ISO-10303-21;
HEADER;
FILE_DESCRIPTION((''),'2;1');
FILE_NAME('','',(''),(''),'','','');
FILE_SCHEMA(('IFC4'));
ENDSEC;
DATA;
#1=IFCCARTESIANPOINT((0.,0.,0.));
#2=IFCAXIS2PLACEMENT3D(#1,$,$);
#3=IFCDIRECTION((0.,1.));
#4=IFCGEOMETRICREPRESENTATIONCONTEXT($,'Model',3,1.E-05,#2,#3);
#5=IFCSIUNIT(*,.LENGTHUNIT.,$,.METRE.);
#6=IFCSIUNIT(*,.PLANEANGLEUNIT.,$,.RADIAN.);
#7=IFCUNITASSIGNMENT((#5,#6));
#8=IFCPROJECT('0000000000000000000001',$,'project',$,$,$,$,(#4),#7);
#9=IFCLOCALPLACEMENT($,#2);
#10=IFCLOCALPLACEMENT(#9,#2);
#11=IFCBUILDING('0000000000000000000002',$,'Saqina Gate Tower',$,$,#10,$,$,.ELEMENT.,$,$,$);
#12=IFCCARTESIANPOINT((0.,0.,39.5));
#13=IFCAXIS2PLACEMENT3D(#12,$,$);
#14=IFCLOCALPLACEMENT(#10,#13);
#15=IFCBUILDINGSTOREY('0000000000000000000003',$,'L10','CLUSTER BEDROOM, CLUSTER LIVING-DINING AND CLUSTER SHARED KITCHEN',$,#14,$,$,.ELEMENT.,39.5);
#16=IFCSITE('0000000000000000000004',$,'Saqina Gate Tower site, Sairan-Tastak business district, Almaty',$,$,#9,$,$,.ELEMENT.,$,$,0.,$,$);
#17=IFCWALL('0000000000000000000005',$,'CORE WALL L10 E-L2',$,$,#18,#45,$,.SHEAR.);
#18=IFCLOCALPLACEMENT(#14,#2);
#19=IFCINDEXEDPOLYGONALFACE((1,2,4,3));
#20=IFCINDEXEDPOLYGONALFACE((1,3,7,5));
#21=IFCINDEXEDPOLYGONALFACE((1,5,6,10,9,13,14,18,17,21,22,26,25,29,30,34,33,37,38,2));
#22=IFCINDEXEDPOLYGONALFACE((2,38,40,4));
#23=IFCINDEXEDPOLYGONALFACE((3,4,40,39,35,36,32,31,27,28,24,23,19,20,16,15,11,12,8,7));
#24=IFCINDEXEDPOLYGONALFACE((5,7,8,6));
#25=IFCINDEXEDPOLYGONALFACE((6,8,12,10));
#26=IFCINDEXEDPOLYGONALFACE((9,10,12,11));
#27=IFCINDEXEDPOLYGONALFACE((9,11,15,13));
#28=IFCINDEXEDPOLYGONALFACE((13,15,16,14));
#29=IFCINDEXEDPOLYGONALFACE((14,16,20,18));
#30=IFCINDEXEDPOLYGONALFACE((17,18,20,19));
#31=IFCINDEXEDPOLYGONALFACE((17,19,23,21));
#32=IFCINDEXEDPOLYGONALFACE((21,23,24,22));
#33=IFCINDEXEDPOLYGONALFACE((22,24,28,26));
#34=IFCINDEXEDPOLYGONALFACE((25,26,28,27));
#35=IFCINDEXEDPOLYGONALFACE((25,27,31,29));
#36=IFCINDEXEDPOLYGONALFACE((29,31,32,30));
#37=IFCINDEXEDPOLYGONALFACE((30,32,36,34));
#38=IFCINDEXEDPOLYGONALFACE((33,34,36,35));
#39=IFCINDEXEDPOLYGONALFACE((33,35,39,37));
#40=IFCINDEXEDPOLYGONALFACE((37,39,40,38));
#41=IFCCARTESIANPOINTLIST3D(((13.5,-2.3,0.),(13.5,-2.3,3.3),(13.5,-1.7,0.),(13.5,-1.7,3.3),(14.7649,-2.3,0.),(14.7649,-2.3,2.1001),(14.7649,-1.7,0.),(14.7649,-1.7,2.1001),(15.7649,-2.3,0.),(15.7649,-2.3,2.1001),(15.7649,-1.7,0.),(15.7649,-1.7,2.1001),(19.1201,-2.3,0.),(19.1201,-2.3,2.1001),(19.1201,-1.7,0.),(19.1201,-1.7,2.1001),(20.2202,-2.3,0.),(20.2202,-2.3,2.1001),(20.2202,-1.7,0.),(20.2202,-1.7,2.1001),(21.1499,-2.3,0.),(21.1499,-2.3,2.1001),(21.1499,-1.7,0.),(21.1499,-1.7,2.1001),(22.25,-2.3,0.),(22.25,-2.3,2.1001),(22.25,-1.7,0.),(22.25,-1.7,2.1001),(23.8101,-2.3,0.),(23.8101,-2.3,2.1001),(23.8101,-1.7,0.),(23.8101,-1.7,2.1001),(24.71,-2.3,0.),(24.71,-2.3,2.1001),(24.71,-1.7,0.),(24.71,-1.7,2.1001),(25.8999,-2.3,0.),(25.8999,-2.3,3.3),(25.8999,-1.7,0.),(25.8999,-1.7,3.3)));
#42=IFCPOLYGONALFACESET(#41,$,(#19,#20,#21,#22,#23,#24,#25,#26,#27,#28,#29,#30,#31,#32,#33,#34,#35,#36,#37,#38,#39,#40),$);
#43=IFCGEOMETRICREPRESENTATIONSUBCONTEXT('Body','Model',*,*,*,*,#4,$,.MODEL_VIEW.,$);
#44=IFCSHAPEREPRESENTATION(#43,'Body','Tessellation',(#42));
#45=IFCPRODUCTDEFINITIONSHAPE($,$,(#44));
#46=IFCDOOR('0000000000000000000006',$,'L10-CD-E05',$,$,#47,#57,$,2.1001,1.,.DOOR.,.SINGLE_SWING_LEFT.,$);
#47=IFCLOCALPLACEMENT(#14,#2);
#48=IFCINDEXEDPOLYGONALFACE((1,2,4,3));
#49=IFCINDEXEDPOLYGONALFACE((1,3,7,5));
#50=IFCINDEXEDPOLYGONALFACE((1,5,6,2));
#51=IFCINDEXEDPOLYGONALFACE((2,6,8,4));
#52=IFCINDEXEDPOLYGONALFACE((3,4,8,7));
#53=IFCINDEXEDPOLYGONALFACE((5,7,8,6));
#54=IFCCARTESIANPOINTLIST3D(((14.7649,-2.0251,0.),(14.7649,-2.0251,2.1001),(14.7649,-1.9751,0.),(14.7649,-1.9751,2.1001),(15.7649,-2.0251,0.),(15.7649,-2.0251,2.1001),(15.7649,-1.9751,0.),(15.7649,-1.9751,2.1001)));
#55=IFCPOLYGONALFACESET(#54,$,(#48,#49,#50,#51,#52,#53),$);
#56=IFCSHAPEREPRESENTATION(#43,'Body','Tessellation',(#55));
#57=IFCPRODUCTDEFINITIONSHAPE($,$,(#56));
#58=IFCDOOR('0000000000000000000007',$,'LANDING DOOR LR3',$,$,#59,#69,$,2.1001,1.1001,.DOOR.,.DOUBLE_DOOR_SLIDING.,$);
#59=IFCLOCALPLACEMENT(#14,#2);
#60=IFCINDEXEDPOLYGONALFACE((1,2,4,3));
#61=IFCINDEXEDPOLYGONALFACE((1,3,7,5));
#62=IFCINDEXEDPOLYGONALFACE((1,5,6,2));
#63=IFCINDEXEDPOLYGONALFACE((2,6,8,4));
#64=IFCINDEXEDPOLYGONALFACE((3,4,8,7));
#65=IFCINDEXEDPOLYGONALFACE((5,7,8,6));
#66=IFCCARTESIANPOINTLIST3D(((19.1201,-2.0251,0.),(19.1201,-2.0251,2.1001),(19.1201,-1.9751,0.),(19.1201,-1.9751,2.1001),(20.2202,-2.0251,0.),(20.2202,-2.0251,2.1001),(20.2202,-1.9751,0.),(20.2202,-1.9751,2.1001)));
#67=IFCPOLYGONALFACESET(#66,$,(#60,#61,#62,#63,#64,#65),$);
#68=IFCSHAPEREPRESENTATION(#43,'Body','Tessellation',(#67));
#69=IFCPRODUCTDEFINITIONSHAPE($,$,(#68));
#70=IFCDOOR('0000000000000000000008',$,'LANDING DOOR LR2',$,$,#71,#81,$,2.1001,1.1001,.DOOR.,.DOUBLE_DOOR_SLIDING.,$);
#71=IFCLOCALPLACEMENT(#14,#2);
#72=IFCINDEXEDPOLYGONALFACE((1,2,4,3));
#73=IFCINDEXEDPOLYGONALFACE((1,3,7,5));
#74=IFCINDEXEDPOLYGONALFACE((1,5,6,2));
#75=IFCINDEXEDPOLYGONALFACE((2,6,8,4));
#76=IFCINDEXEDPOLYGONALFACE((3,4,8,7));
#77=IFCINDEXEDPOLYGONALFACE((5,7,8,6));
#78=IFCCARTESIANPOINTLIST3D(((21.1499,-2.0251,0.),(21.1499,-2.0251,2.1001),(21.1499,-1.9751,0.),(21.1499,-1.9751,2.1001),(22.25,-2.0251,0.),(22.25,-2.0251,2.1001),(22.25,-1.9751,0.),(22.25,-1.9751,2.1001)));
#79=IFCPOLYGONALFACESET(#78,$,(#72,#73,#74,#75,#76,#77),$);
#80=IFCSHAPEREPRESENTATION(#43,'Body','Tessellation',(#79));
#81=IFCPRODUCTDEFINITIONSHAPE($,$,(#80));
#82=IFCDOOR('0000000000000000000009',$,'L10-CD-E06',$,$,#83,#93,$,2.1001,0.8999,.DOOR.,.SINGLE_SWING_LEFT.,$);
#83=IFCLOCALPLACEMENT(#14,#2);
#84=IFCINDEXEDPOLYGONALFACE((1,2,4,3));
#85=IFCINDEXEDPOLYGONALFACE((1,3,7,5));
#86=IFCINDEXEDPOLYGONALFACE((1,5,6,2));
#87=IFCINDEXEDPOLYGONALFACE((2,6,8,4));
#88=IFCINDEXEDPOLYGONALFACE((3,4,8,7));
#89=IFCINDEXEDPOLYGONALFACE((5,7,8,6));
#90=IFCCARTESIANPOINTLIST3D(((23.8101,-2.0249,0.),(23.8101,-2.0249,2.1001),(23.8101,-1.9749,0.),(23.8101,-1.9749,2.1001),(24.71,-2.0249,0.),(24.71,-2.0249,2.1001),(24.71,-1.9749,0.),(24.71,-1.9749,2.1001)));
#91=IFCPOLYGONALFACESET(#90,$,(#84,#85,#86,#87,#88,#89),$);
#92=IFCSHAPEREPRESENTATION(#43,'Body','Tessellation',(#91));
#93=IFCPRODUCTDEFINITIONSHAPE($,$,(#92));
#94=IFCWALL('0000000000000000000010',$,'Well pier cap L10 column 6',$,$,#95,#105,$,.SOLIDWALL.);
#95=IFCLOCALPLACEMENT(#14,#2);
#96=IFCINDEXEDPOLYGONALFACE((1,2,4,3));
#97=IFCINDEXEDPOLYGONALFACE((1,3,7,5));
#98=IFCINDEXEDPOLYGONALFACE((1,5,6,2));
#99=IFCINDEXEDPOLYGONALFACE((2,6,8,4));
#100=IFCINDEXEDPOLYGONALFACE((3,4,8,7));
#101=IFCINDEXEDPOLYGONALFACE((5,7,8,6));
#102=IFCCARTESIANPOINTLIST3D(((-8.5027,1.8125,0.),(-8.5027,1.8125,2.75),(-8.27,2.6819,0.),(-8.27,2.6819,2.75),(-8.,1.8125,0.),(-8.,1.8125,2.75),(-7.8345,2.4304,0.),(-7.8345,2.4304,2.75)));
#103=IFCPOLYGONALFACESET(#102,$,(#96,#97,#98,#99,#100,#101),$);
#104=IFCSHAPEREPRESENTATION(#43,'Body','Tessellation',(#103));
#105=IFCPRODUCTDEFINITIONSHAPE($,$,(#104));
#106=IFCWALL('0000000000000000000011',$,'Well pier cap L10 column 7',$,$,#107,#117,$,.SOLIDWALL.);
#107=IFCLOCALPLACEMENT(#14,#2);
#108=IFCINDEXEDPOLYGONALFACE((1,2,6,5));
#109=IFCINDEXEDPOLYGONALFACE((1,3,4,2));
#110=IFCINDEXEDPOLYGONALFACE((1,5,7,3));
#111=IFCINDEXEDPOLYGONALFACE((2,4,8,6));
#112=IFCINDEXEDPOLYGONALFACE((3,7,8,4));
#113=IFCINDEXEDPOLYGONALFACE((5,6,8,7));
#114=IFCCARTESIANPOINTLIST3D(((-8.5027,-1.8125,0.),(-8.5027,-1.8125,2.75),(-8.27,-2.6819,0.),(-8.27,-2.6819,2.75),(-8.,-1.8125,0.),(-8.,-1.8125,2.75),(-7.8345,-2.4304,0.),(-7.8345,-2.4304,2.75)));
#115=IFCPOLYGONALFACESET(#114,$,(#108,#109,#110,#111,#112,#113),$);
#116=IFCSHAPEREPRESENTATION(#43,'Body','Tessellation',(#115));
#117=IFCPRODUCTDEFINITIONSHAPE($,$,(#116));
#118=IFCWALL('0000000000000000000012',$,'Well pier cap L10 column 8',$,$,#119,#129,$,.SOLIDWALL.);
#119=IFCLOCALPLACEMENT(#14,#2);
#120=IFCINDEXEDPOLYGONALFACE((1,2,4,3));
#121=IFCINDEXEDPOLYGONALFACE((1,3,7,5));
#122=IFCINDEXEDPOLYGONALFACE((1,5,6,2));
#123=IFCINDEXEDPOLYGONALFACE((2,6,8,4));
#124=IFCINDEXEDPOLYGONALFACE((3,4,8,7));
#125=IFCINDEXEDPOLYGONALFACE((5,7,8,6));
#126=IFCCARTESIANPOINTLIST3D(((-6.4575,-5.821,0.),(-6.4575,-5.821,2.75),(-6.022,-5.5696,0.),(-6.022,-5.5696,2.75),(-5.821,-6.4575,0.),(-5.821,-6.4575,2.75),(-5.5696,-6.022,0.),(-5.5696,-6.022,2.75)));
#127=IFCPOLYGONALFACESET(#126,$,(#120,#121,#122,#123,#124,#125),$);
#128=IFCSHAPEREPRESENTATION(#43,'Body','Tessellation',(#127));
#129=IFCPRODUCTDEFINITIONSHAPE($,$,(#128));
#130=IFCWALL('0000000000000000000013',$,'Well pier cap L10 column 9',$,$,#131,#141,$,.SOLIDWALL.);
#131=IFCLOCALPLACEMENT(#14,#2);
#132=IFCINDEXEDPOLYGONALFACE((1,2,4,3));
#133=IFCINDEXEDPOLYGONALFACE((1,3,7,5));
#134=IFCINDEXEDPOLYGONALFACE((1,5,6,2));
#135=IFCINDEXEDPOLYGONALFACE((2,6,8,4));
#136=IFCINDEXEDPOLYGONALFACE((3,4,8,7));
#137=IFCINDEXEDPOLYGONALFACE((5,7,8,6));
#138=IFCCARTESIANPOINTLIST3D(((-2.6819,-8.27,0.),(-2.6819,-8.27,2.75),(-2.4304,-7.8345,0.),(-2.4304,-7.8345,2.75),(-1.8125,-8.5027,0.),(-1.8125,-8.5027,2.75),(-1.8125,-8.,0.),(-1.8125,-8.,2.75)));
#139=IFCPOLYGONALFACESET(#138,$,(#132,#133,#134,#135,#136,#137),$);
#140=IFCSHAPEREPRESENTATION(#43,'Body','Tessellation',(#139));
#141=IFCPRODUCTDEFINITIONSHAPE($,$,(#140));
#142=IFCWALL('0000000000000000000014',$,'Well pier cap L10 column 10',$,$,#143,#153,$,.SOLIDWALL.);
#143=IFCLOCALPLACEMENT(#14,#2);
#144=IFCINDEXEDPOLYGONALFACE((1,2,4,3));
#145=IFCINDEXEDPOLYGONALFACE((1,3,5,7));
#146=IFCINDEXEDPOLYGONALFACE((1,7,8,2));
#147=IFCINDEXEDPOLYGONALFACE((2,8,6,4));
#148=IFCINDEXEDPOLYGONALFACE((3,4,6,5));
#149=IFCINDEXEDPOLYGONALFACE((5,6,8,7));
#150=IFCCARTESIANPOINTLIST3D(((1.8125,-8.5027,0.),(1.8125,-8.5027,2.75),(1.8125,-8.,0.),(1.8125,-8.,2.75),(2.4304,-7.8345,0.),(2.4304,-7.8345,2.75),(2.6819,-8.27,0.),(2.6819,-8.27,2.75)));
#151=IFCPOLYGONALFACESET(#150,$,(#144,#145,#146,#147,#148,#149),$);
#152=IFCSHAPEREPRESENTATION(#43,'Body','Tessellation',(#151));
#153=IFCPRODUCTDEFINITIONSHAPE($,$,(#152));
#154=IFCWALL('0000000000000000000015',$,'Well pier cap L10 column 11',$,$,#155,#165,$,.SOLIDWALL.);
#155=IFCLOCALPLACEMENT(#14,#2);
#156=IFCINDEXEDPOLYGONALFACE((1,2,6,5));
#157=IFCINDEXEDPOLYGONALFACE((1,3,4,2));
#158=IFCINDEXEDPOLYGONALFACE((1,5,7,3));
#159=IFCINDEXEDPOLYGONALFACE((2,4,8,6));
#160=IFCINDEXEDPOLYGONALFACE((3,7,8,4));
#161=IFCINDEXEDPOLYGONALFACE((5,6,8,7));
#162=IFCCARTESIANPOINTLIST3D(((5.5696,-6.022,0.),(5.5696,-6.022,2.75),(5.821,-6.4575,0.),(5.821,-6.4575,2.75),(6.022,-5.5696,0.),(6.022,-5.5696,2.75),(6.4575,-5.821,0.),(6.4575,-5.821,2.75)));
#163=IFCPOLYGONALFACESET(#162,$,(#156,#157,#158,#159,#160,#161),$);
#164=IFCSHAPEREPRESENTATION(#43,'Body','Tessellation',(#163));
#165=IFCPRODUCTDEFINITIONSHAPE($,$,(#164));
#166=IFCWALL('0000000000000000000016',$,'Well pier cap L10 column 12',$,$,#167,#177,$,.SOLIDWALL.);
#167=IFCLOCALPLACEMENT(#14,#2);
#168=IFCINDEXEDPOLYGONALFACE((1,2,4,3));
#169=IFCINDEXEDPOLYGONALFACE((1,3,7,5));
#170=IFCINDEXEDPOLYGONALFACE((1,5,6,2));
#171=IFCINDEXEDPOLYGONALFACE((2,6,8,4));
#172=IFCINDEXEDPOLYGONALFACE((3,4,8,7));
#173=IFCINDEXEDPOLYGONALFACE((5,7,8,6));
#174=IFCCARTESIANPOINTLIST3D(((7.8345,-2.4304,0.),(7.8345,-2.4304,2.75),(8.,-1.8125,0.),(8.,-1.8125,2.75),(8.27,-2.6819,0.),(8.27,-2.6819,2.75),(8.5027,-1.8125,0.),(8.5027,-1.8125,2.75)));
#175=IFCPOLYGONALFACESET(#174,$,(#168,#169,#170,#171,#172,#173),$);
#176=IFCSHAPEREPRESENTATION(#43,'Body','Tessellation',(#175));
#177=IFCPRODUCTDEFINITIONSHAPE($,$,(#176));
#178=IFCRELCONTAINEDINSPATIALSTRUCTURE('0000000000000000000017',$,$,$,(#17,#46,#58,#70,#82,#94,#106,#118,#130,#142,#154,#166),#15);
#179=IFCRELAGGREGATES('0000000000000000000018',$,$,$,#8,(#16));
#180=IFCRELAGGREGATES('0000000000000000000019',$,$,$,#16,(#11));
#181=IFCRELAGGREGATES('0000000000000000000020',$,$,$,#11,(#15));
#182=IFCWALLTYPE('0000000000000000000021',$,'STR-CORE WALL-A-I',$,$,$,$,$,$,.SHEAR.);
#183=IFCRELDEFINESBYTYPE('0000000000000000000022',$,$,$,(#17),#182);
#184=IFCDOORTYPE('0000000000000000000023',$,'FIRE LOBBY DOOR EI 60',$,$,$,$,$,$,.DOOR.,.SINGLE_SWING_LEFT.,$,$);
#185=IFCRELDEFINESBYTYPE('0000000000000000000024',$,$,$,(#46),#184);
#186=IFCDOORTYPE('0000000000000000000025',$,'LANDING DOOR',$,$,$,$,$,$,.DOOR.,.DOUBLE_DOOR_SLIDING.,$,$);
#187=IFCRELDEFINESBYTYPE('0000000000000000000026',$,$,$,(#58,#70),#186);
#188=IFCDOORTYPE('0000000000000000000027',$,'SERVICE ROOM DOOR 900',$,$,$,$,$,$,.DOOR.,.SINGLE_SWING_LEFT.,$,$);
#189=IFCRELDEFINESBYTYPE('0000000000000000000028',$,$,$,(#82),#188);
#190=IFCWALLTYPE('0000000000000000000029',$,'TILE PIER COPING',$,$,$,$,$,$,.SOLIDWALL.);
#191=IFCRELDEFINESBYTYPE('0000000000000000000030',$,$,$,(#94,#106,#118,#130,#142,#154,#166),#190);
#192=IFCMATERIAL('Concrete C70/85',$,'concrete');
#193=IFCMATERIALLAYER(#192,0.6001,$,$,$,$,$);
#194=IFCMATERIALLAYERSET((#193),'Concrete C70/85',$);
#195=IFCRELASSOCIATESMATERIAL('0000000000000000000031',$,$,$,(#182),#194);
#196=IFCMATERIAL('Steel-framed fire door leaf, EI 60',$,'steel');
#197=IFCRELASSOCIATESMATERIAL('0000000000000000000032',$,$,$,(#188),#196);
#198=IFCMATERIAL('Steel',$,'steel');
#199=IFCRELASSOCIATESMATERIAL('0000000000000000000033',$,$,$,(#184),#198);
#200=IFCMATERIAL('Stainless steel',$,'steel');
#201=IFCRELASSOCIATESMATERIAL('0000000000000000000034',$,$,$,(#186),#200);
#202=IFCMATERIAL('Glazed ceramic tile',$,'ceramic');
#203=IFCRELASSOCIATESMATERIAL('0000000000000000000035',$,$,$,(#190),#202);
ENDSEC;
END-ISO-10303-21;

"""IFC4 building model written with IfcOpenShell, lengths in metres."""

from ifc_helpers import new_model, si_unit, direction, frame, frame_2d, origin, place, context, subcontext, project, spatial, polyline, rectangle, outline, extrude, material, layer, layer_set, type_object, element, fill, save


model = new_model("IFC4")

# Units and contexts
model_context = context("Model", 3, precision=1e-05, world=origin(), true_north=direction((0.0, 1.0)))
body_context = subcontext(model_context, "Body", "Model", "MODEL_VIEW")
ifc_project = project(units=[si_unit("LENGTHUNIT", "METRE"), si_unit("PLANEANGLEUNIT", "RADIAN")], contexts=[model_context])

# Site, building, storey
site_placement = place(None, origin())
site = spatial("IfcSite", under=ifc_project, at=site_placement, Name="Saqina Gate Tower site, Sairan-Tastak business district, Almaty", CompositionType="ELEMENT", RefElevation=0.0)
building_placement = place(site_placement, origin())
building = spatial("IfcBuilding", under=site, at=building_placement, Name="Saqina Gate Tower", CompositionType="ELEMENT")
storey_placement = place(building_placement, frame((0.0, 0.0, 39.5)))
storey = spatial("IfcBuildingStorey", under=building, at=storey_placement, Name="L10", Description="CLUSTER BEDROOM, CLUSTER LIVING-DINING AND CLUSTER SHARED KITCHEN", CompositionType="ELEMENT", Elevation=39.5)

# Wall, openings, doors
ifc_material_1 = material(Name="Concrete C70/85", Category="concrete")
ifc_layer_1 = layer(ifc_material_1, 0.6001)
ifc_layer_set_1 = layer_set([ifc_layer_1], Name="Concrete C70/85")
wall_type_1 = type_object("IfcWallType", Name="STR-CORE WALL-A-I", PredefinedType="SHEAR", material=ifc_layer_set_1)
ifc_material_2 = material(Name="Steel-framed fire door leaf, EI 60", Category="steel")
door_type_1 = type_object("IfcDoorType", Name="SERVICE ROOM DOOR 900", OperationType="SINGLE_SWING_LEFT", PredefinedType="DOOR", material=ifc_material_2)
wall_1_placement = place(storey_placement, frame((13.5, -2.0, 0.0), z_axis=(0.0, 0.0, 1.0), x_axis=(1.0, 0.0, 0.0)))
wall_1 = element("IfcWall", 1, at=wall_1_placement, inside=storey, type_object=wall_type_1, Name="CORE WALL L10 E-L2", PredefinedType="SHEAR", context=body_context, shape_type="SweptSolid", body=[
    extrude(rectangle(XDim=12.3999, YDim=0.6001, at=frame_2d((6.2, 0.0))), origin(), (0.0, 0.0, 1.0), 3.3),
])
opening_1_placement = place(wall_1_placement, frame((5.6201, 0.0, 0.0)))
opening_1 = element("IfcOpeningElement", 2, at=opening_1_placement, cuts=wall_1, PredefinedType="OPENING", context=body_context, shape_type="SweptSolid", body=[
    extrude(rectangle(XDim=1.1001, YDim=2.1001, at=frame_2d((0.55, 1.05))), frame((0.0, 0.312, 0.0), z_axis=(0.0, -1.0, 0.0), x_axis=(1.0, 0.0, 0.0)), (0.0, 0.0, 1.0), 0.624),
])
opening_2_placement = place(wall_1_placement, frame((7.6499, 0.0, 0.0)))
opening_2 = element("IfcOpeningElement", 3, at=opening_2_placement, cuts=wall_1, PredefinedType="OPENING", context=body_context, shape_type="SweptSolid", body=[
    extrude(rectangle(XDim=1.1001, YDim=2.1001, at=frame_2d((0.55, 1.05))), frame((0.0, 0.312, 0.0), z_axis=(0.0, -1.0, 0.0), x_axis=(1.0, 0.0, 0.0)), (0.0, 0.0, 1.0), 0.624),
])
opening_3_placement = place(wall_1_placement, frame((1.2649, 0.0, 0.0)))
opening_3 = element("IfcOpeningElement", 4, at=opening_3_placement, cuts=wall_1, PredefinedType="OPENING", context=body_context, shape_type="SweptSolid", body=[
    extrude(rectangle(XDim=1.0, YDim=2.1001, at=frame_2d((0.5, 1.05))), frame((0.0, 0.312, 0.0), z_axis=(0.0, -1.0, 0.0), x_axis=(1.0, 0.0, 0.0)), (0.0, 0.0, 1.0), 0.624),
])
opening_4_placement = place(wall_1_placement, frame((10.3101, 0.0, 0.0)))
opening_4 = element("IfcOpeningElement", 5, at=opening_4_placement, cuts=wall_1, PredefinedType="OPENING", context=body_context, shape_type="SweptSolid", body=[
    extrude(rectangle(XDim=0.8999, YDim=2.1001, at=frame_2d((0.45, 1.05))), frame((0.0, 0.312, 0.0), z_axis=(0.0, -1.0, 0.0), x_axis=(1.0, 0.0, 0.0)), (0.0, 0.0, 1.0), 0.624),
])
ifc_material_3 = material(Name="Steel", Category="steel")
door_type_2 = type_object("IfcDoorType", Name="FIRE LOBBY DOOR EI 60", OperationType="SINGLE_SWING_LEFT", PredefinedType="DOOR", material=ifc_material_3)
door_1_placement = place(opening_3_placement, origin())
door_1 = element("IfcDoor", 6, at=door_1_placement, inside=storey, type_object=door_type_2, Name="L10-CD-E05", OperationType="SINGLE_SWING_LEFT", OverallHeight=2.1001, OverallWidth=1.0, PredefinedType="DOOR", context=body_context, shape_type="SweptSolid", body=[
    extrude(rectangle(XDim=1.0, YDim=2.1001, at=frame_2d((0.5, 1.05))), frame((0.0, 0.0249, 0.0), z_axis=(0.0, -1.0, 0.0), x_axis=(1.0, 0.0, 0.0)), (0.0, 0.0, 1.0), 0.05),
])
fill(opening_3, door_1)
ifc_material_4 = material(Name="Stainless steel", Category="steel")
door_type_3 = type_object("IfcDoorType", Name="LANDING DOOR", OperationType="DOUBLE_DOOR_SLIDING", PredefinedType="DOOR", material=ifc_material_4)
door_2_placement = place(opening_1_placement, origin())
door_2 = element("IfcDoor", 7, at=door_2_placement, inside=storey, type_object=door_type_3, Name="LANDING DOOR LR3", OperationType="DOUBLE_DOOR_SLIDING", OverallHeight=2.1001, OverallWidth=1.1001, PredefinedType="DOOR", context=body_context, shape_type="SweptSolid", body=[
    extrude(rectangle(XDim=1.1001, YDim=2.1001, at=frame_2d((0.55, 1.05))), frame((0.0, 0.0249, 0.0), z_axis=(0.0, -1.0, 0.0), x_axis=(1.0, 0.0, 0.0)), (0.0, 0.0, 1.0), 0.05),
])
fill(opening_1, door_2)
door_3_placement = place(opening_2_placement, origin())
door_3 = element("IfcDoor", 8, at=door_3_placement, inside=storey, type_object=door_type_3, Name="LANDING DOOR LR2", OperationType="DOUBLE_DOOR_SLIDING", OverallHeight=2.1001, OverallWidth=1.1001, PredefinedType="DOOR", context=body_context, shape_type="SweptSolid", body=[
    extrude(rectangle(XDim=1.1001, YDim=2.1001, at=frame_2d((0.55, 1.05))), frame((0.0, 0.0249, 0.0), z_axis=(0.0, -1.0, 0.0), x_axis=(1.0, 0.0, 0.0)), (0.0, 0.0, 1.0), 0.05),
])
fill(opening_2, door_3)
door_4_placement = place(opening_4_placement, frame((0.8999, 0.0, 0.0), z_axis=(0.0, 0.0, 1.0), x_axis=(-1.0, 0.0, 0.0)))
door_4 = element("IfcDoor", 9, at=door_4_placement, inside=storey, type_object=door_type_1, Name="L10-CD-E06", OperationType="SINGLE_SWING_LEFT", OverallHeight=2.1001, OverallWidth=0.8999, PredefinedType="DOOR", context=body_context, shape_type="SweptSolid", body=[
    extrude(rectangle(XDim=0.8999, YDim=2.1001, at=frame_2d((0.45, 1.05))), frame((0.0, 0.0249, 0.0), z_axis=(0.0, -1.0, 0.0), x_axis=(1.0, 0.0, 0.0)), (0.0, 0.0, 1.0), 0.05),
])
fill(opening_4, door_4)

# Walls
ifc_material_5 = material(Name="Glazed ceramic tile", Category="ceramic")
wall_type_2 = type_object("IfcWallType", Name="TILE PIER COPING", PredefinedType="SOLIDWALL", material=ifc_material_5)
wall_2_placement = place(storey_placement, origin())
element("IfcWall", 10, at=wall_2_placement, inside=storey, type_object=wall_type_2, Name="Well pier cap L10 column 6", PredefinedType="SOLIDWALL", context=body_context, shape_type="SweptSolid", body=[
    extrude(outline(polyline([(-8.5027, 1.8125), (-8.0, 1.8125), (-7.8345, 2.4304), (-8.27, 2.6819), (-8.5027, 1.8125)])), origin(), (0.0, 0.0, 1.0), 2.75),
])
wall_3_placement = place(storey_placement, origin())
element("IfcWall", 11, at=wall_3_placement, inside=storey, type_object=wall_type_2, Name="Well pier cap L10 column 7", PredefinedType="SOLIDWALL", context=body_context, shape_type="SweptSolid", body=[
    extrude(outline(polyline([(-8.27, -2.6819), (-7.8345, -2.4304), (-8.0, -1.8125), (-8.5027, -1.8125), (-8.27, -2.6819)])), origin(), (0.0, 0.0, 1.0), 2.75),
])
wall_4_placement = place(storey_placement, origin())
element("IfcWall", 12, at=wall_4_placement, inside=storey, type_object=wall_type_2, Name="Well pier cap L10 column 8", PredefinedType="SOLIDWALL", context=body_context, shape_type="SweptSolid", body=[
    extrude(outline(polyline([(-6.4575, -5.821), (-5.821, -6.4575), (-5.5696, -6.022), (-6.022, -5.5696), (-6.4575, -5.821)])), origin(), (0.0, 0.0, 1.0), 2.75),
])
wall_5_placement = place(storey_placement, origin())
element("IfcWall", 13, at=wall_5_placement, inside=storey, type_object=wall_type_2, Name="Well pier cap L10 column 9", PredefinedType="SOLIDWALL", context=body_context, shape_type="SweptSolid", body=[
    extrude(outline(polyline([(-1.8125, -8.5027), (-1.8125, -8.0), (-2.4304, -7.8345), (-2.6819, -8.27), (-1.8125, -8.5027)])), origin(), (0.0, 0.0, 1.0), 2.75),
])
wall_6_placement = place(storey_placement, origin())
element("IfcWall", 14, at=wall_6_placement, inside=storey, type_object=wall_type_2, Name="Well pier cap L10 column 10", PredefinedType="SOLIDWALL", context=body_context, shape_type="SweptSolid", body=[
    extrude(outline(polyline([(2.6819, -8.27), (2.4304, -7.8345), (1.8125, -8.0), (1.8125, -8.5027), (2.6819, -8.27)])), origin(), (0.0, 0.0, 1.0), 2.75),
])
wall_7_placement = place(storey_placement, origin())
element("IfcWall", 15, at=wall_7_placement, inside=storey, type_object=wall_type_2, Name="Well pier cap L10 column 11", PredefinedType="SOLIDWALL", context=body_context, shape_type="SweptSolid", body=[
    extrude(outline(polyline([(5.821, -6.4575), (6.4575, -5.821), (6.022, -5.5696), (5.5696, -6.022), (5.821, -6.4575)])), origin(), (0.0, 0.0, 1.0), 2.75),
])
wall_8_placement = place(storey_placement, origin())
element("IfcWall", 16, at=wall_8_placement, inside=storey, type_object=wall_type_2, Name="Well pier cap L10 column 12", PredefinedType="SOLIDWALL", context=body_context, shape_type="SweptSolid", body=[
    extrude(outline(polyline([(8.5027, -1.8125), (8.0, -1.8125), (7.8345, -2.4304), (8.27, -2.6819), (8.5027, -1.8125)])), origin(), (0.0, 0.0, 1.0), 2.75),
])

save(model, "model.ifc")
